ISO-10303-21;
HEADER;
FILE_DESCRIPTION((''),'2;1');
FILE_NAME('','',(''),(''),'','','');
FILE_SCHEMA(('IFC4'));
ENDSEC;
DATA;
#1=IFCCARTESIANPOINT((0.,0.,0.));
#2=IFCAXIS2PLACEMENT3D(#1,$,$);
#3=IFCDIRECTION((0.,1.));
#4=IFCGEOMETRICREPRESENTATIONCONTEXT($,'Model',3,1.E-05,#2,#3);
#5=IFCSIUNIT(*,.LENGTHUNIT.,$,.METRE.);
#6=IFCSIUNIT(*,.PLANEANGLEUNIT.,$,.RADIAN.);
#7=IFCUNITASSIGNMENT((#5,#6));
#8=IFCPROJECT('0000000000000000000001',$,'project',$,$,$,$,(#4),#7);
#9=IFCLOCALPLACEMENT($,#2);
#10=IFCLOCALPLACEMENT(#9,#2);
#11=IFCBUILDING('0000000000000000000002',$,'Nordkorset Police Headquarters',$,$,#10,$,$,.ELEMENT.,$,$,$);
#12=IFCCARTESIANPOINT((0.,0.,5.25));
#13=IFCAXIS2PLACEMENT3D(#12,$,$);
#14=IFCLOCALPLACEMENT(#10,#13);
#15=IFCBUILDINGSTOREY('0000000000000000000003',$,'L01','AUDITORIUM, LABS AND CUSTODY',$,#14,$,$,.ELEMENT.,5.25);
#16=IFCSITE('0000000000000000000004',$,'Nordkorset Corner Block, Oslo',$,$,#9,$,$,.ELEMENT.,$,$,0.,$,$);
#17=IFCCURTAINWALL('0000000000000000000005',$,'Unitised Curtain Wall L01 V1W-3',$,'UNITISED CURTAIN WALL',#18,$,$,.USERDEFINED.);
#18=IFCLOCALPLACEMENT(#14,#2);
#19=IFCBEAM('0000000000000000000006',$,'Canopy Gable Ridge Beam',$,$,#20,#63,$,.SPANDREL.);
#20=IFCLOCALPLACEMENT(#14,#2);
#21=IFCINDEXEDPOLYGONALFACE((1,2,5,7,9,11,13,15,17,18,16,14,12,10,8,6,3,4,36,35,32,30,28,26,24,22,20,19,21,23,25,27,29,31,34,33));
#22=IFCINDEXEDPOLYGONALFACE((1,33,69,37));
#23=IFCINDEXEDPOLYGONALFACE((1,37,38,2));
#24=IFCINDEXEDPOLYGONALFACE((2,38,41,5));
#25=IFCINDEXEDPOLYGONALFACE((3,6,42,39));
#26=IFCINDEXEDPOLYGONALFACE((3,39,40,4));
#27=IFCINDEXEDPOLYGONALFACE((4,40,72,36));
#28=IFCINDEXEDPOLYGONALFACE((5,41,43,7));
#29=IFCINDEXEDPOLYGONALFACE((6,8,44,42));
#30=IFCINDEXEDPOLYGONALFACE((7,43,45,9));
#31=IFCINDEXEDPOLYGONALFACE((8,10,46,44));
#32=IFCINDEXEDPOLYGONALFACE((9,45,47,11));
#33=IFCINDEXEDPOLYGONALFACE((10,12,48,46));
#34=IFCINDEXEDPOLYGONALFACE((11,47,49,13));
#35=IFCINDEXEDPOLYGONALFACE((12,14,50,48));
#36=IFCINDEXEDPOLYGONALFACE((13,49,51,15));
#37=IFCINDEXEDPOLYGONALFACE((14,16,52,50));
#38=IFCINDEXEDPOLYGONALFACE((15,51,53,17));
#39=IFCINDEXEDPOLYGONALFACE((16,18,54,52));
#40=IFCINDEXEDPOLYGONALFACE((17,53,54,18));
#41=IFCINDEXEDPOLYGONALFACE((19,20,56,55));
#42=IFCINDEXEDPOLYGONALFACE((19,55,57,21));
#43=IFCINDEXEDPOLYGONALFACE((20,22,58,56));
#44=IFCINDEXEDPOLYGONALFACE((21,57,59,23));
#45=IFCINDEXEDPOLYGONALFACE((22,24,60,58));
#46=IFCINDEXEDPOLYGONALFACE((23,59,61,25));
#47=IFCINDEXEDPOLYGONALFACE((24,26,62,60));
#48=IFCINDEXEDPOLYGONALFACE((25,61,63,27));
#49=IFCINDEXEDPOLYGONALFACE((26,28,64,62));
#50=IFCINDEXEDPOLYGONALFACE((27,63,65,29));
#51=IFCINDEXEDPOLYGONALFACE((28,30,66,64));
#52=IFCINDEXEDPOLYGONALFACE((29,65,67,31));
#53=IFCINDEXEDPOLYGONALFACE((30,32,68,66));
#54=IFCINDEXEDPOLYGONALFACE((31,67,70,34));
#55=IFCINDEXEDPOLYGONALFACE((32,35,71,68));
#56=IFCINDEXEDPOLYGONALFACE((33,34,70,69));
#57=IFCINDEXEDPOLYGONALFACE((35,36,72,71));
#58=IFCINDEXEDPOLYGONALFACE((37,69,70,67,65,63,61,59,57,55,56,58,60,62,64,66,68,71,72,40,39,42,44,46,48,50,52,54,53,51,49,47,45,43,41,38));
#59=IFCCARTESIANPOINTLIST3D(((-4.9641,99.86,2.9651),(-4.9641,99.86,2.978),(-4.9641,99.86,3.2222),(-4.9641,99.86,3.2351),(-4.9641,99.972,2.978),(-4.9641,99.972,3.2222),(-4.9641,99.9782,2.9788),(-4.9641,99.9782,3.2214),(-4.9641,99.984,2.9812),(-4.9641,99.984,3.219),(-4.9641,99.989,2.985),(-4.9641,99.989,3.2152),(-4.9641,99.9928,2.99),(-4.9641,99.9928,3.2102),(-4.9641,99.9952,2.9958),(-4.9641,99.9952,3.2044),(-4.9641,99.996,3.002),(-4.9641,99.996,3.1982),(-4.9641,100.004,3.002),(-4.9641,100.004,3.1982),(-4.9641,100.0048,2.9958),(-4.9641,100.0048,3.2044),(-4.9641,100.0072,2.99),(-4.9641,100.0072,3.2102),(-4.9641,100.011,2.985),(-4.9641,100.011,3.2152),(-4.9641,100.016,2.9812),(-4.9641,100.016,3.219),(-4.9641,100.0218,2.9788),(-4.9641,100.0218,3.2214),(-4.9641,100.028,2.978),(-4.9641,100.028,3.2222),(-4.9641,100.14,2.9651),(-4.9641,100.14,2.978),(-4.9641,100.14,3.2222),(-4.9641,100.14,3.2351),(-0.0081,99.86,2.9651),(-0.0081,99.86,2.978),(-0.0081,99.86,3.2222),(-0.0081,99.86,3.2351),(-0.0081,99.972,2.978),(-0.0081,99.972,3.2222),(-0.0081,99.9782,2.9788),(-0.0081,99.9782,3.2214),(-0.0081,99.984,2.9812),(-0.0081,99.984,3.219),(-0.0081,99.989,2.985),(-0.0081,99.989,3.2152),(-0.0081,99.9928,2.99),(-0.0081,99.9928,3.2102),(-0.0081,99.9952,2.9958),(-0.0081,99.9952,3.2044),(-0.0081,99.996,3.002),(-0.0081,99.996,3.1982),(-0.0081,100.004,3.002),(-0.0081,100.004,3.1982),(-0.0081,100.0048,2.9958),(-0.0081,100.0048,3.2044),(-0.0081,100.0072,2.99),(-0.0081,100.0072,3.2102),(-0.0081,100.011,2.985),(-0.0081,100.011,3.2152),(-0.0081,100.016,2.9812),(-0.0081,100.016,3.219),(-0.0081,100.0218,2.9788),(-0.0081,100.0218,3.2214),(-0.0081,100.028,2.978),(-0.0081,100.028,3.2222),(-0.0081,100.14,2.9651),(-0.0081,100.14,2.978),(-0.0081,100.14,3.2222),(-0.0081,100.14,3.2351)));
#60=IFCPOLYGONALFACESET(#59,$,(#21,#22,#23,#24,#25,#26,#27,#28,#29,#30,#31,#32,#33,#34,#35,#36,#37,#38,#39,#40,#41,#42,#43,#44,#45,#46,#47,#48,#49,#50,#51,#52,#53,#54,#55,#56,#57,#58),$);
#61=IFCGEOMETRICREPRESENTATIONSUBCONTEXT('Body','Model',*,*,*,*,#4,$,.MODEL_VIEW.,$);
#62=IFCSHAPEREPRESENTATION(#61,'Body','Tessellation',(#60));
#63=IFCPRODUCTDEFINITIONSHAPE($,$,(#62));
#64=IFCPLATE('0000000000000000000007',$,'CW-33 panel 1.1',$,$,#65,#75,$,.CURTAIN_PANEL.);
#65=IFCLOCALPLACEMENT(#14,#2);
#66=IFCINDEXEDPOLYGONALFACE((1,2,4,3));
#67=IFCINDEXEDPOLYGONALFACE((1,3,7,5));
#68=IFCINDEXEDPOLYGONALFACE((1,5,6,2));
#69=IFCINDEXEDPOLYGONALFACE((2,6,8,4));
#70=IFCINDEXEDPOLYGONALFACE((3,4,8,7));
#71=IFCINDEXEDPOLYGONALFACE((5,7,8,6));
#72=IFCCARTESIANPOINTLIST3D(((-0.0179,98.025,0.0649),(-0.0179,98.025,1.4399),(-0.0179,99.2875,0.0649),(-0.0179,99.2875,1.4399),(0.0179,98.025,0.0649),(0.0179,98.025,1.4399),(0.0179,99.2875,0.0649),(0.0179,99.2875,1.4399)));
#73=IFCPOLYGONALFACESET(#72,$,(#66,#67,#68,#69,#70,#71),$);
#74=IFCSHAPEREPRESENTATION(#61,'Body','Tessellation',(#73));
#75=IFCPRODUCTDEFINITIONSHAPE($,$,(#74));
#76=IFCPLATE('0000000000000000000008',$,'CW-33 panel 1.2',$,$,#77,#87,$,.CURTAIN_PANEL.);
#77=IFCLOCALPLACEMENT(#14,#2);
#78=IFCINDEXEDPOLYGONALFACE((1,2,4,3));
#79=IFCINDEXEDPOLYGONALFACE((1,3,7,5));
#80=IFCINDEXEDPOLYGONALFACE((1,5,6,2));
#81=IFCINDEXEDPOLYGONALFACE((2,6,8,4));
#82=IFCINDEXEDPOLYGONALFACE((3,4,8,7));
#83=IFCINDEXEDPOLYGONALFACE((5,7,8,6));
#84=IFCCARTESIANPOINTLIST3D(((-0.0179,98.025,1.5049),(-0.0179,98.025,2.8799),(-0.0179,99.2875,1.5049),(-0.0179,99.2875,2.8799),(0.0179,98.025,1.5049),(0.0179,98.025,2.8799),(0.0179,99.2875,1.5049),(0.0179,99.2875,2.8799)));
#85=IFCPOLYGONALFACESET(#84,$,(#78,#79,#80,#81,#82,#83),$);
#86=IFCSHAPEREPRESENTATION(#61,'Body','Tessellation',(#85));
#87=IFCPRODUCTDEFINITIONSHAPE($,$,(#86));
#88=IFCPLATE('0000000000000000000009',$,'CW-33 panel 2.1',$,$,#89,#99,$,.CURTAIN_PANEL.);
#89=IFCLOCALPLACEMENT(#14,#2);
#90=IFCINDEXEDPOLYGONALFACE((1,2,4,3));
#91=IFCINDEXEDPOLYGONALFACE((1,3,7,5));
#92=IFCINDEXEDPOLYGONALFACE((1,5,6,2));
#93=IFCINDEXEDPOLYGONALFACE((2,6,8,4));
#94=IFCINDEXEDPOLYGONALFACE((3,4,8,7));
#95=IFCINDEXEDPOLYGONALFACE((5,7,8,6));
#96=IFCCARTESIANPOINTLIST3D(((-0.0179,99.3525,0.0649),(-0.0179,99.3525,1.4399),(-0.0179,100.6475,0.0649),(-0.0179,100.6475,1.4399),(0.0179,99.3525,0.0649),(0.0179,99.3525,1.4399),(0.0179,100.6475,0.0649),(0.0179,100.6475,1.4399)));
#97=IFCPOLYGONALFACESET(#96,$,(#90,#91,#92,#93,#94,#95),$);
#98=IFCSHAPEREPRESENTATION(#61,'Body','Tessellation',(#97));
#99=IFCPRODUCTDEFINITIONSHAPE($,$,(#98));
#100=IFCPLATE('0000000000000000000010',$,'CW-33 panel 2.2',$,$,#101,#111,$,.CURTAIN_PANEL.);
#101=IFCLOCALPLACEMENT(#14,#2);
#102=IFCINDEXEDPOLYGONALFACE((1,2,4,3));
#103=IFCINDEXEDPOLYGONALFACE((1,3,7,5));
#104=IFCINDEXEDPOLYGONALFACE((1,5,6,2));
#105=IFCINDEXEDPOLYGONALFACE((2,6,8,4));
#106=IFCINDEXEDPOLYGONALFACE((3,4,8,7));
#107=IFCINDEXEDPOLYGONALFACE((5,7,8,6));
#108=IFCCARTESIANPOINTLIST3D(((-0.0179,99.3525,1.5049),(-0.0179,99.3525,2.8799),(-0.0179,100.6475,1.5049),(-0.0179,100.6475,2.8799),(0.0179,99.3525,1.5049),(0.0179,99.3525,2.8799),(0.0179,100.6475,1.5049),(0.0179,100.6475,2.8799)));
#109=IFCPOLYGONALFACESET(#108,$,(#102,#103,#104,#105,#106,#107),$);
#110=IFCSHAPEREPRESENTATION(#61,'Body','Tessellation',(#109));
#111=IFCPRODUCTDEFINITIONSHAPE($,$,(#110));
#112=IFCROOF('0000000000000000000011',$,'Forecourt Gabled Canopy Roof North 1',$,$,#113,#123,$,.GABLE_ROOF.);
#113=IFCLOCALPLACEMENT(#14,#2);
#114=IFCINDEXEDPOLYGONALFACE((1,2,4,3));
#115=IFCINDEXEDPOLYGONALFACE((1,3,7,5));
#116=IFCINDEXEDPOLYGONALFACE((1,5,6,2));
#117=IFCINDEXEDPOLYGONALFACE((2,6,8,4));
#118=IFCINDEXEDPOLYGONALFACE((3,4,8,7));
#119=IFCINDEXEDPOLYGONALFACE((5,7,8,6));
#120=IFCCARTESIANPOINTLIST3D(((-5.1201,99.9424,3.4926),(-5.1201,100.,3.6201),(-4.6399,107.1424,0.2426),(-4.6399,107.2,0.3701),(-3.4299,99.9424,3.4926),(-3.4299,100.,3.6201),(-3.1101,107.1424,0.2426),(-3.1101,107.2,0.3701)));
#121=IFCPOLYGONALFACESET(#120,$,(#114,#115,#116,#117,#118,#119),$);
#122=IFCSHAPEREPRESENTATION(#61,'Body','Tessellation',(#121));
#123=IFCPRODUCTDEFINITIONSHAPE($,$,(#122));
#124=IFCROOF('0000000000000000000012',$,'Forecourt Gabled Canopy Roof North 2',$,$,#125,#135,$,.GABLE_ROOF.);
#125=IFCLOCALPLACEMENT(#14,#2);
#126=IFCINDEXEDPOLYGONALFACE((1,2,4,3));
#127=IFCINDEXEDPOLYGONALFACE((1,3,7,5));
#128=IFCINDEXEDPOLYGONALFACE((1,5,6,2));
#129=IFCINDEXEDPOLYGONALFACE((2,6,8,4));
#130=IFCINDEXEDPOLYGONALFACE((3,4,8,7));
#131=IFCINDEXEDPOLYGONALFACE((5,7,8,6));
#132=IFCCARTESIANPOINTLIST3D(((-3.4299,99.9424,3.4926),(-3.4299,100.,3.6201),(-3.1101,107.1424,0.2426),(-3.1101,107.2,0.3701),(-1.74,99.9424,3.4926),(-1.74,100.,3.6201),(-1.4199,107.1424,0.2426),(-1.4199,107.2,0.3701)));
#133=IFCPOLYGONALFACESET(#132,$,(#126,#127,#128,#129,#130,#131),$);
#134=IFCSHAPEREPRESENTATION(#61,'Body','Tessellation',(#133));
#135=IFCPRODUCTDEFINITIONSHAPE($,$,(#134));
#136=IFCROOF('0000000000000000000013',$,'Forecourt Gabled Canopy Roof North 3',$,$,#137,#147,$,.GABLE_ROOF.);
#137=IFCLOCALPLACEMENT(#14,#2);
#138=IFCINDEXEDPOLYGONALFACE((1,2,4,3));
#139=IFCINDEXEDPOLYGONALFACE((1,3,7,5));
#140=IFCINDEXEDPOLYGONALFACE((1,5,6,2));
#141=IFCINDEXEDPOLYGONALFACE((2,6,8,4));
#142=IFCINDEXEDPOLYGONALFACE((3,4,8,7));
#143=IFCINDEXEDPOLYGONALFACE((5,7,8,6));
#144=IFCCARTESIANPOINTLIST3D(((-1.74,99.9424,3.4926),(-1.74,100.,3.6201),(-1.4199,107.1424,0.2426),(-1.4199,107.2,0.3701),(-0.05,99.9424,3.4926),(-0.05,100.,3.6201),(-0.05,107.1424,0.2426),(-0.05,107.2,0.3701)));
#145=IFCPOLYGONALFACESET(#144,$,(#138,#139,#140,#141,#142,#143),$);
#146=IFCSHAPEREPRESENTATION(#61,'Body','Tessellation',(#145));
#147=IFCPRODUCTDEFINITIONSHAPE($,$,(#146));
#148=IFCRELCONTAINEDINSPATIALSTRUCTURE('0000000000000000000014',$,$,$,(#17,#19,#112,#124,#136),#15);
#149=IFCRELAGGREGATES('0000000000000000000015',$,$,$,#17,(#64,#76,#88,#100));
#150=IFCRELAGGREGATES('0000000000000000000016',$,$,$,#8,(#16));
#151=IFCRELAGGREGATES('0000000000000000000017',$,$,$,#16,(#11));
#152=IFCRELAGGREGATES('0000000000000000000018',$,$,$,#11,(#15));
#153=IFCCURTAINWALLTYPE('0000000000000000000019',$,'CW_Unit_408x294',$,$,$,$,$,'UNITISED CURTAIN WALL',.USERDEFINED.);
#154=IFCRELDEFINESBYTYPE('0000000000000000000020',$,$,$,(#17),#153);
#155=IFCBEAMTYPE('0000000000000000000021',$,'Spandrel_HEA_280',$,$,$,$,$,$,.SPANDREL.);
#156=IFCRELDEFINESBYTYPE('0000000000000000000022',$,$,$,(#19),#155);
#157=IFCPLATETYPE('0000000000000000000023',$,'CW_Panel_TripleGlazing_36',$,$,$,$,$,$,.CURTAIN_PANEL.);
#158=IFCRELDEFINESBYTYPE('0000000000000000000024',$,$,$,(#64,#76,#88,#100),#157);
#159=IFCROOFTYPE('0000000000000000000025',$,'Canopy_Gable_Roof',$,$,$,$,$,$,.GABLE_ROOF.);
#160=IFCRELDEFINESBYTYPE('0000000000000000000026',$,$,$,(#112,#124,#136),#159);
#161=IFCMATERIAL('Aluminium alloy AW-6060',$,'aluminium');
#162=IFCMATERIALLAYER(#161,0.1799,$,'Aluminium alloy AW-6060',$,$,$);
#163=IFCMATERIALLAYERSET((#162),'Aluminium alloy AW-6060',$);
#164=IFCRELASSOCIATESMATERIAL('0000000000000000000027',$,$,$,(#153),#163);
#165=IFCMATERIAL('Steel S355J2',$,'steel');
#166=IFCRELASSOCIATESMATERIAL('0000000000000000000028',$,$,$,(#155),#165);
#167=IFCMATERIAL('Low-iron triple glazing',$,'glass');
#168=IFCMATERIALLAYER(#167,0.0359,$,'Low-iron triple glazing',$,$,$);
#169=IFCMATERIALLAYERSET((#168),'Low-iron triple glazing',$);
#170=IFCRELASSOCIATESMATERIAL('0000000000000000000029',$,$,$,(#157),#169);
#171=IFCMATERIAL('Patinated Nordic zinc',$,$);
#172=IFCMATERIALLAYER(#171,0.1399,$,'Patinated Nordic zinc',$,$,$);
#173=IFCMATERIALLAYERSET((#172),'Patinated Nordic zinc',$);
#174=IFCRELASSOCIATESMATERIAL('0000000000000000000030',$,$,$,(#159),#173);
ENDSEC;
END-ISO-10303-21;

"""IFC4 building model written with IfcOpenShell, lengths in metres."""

from ifc_helpers import new_model, si_unit, direction, frame, origin, origin_2d, place, context, subcontext, project, spatial, polyline, rectangle, i_section, outline, extrude, material, layer, layer_set, material_profile, profile_set, type_object, element, aggregate, save


model = new_model("IFC4")

# Units and contexts
model_context = context("Model", 3, precision=1e-05, world=origin(), true_north=direction((0.0, 1.0)))
body_context = subcontext(model_context, "Body", "Model", "MODEL_VIEW")
ifc_project = project(units=[si_unit("LENGTHUNIT", "METRE"), si_unit("PLANEANGLEUNIT", "RADIAN")], contexts=[model_context])

# Site, building, storey
site_placement = place(None, origin())
site = spatial("IfcSite", under=ifc_project, at=site_placement, Name="Nordkorset Corner Block, Oslo", CompositionType="ELEMENT", RefElevation=0.0)
building_placement = place(site_placement, origin())
building = spatial("IfcBuilding", under=site, at=building_placement, Name="Nordkorset Police Headquarters", CompositionType="ELEMENT")
storey_placement = place(building_placement, frame((0.0, 0.0, 5.25)))
storey = spatial("IfcBuildingStorey", under=building, at=storey_placement, Name="L01", Description="AUDITORIUM, LABS AND CUSTODY", CompositionType="ELEMENT", Elevation=5.25)

# Curtain wall
ifc_material_1 = material(Name="Aluminium alloy AW-6060", Category="aluminium")
ifc_layer_1 = layer(ifc_material_1, 0.1799, Name="Aluminium alloy AW-6060")
ifc_layer_set_1 = layer_set([ifc_layer_1], Name="Aluminium alloy AW-6060")
curtain_wall_type = type_object("IfcCurtainWallType", Name="CW_Unit_408x294", ElementType="UNITISED CURTAIN WALL", PredefinedType="USERDEFINED", material=ifc_layer_set_1)
curtain_wall_placement = place(storey_placement, origin())
curtain_wall = element("IfcCurtainWall", 1, at=curtain_wall_placement, inside=storey, type_object=curtain_wall_type, Name="Unitised Curtain Wall L01 V1W-3", ObjectType="UNITISED CURTAIN WALL", PredefinedType="USERDEFINED")

# Beam
ifc_material_2 = material(Name="Steel S355J2", Category="steel")
ifc_material_profile_1 = material_profile(ifc_material_2, i_section(OverallWidth=0.28, OverallDepth=0.27, WebThickness=0.0081, FlangeThickness=0.0129, FilletRadius=0.0239, at=origin_2d()), Name="HEA 280")
ifc_profile_set_1 = profile_set([ifc_material_profile_1], Name="Steel S355J2")
beam_type_1 = type_object("IfcBeamType", Name="Spandrel_HEA_280", PredefinedType="SPANDREL", material=ifc_profile_set_1)
beam_1_placement = place(storey_placement, frame((-4.9641, 100.0, 3.1001), z_axis=(1.0, 0.0, 0.0), x_axis=(0.0, 1.0, 0.0)))
element("IfcBeam", 2, at=beam_1_placement, inside=storey, type_object=beam_type_1, Name="Canopy Gable Ridge Beam", PredefinedType="SPANDREL", context=body_context, shape_type="SweptSolid", body=[
    extrude(i_section(OverallWidth=0.28, OverallDepth=0.27, WebThickness=0.0081, FlangeThickness=0.0129, FilletRadius=0.0239, at=origin_2d()), origin(), (0.0, 0.0, 1.0), 4.9561),
])

# Plates
ifc_material_3 = material(Name="Low-iron triple glazing", Category="glass")
ifc_layer_2 = layer(ifc_material_3, 0.0359, Name="Low-iron triple glazing")
ifc_layer_set_2 = layer_set([ifc_layer_2], Name="Low-iron triple glazing")
plate_type = type_object("IfcPlateType", Name="CW_Panel_TripleGlazing_36", PredefinedType="CURTAIN_PANEL", material=ifc_layer_set_2)
plate_1_placement = place(storey_placement, frame((0.0, 98.6562, 0.0649), z_axis=(0.0, 0.0, 1.0), x_axis=(0.0, 1.0, 0.0)))
plate_1 = element("IfcPlate", 3, at=plate_1_placement, type_object=plate_type, Name="CW-33 panel 1.1", PredefinedType="CURTAIN_PANEL", context=body_context, shape_type="SweptSolid", body=[
    extrude(rectangle(XDim=1.2625, YDim=0.0359, at=origin_2d()), origin(), (0.0, 0.0, 1.0), 1.375),
])
plate_2_placement = place(storey_placement, frame((0.0, 98.6562, 1.5049), z_axis=(0.0, 0.0, 1.0), x_axis=(0.0, 1.0, 0.0)))
plate_2 = element("IfcPlate", 4, at=plate_2_placement, type_object=plate_type, Name="CW-33 panel 1.2", PredefinedType="CURTAIN_PANEL", context=body_context, shape_type="SweptSolid", body=[
    extrude(rectangle(XDim=1.2625, YDim=0.0359, at=origin_2d()), origin(), (0.0, 0.0, 1.0), 1.375),
])
plate_3_placement = place(storey_placement, frame((0.0, 100.0, 0.0649), z_axis=(0.0, 0.0, 1.0), x_axis=(0.0, 1.0, 0.0)))
plate_3 = element("IfcPlate", 5, at=plate_3_placement, type_object=plate_type, Name="CW-33 panel 2.1", PredefinedType="CURTAIN_PANEL", context=body_context, shape_type="SweptSolid", body=[
    extrude(rectangle(XDim=1.2949, YDim=0.0359, at=origin_2d()), origin(), (0.0, 0.0, 1.0), 1.375),
])
plate_4_placement = place(storey_placement, frame((0.0, 100.0, 1.5049), z_axis=(0.0, 0.0, 1.0), x_axis=(0.0, 1.0, 0.0)))
plate_4 = element("IfcPlate", 6, at=plate_4_placement, type_object=plate_type, Name="CW-33 panel 2.2", PredefinedType="CURTAIN_PANEL", context=body_context, shape_type="SweptSolid", body=[
    extrude(rectangle(XDim=1.2949, YDim=0.0359, at=origin_2d()), origin(), (0.0, 0.0, 1.0), 1.375),
])
aggregate(curtain_wall, [plate_1, plate_2, plate_3, plate_4])

# Roofs
ifc_material_4 = material(Name="Patinated Nordic zinc")
ifc_layer_3 = layer(ifc_material_4, 0.1399, Name="Patinated Nordic zinc")
ifc_layer_set_3 = layer_set([ifc_layer_3], Name="Patinated Nordic zinc")
roof_type = type_object("IfcRoofType", Name="Canopy_Gable_Roof", PredefinedType="GABLE_ROOF", material=ifc_layer_set_3)
roof_1_placement = place(storey_placement, frame((-5.1201, 100.0, 3.6201), z_axis=(0.0, 0.411419, 0.911446), x_axis=(1.0, 0.0, 0.0)))
element("IfcRoof", 7, at=roof_1_placement, inside=storey, type_object=roof_type, Name="Forecourt Gabled Canopy Roof North 1", PredefinedType="GABLE_ROOF", context=body_context, shape_type="SweptSolid", body=[
    extrude(outline(polyline([(0.0, 0.0), (1.6902, 0.0), (2.01, 7.8995), (0.4802, 7.8995), (0.0, 0.0)])), origin(), (0.0, 0.0, -1.0), 0.1399),
])
roof_2_placement = place(storey_placement, frame((-3.4299, 100.0, 3.6201), z_axis=(0.0, 0.411419, 0.911446), x_axis=(1.0, 0.0, 0.0)))
element("IfcRoof", 8, at=roof_2_placement, inside=storey, type_object=roof_type, Name="Forecourt Gabled Canopy Roof North 2", PredefinedType="GABLE_ROOF", context=body_context, shape_type="SweptSolid", body=[
    extrude(outline(polyline([(0.0, 0.0), (1.6899, 0.0), (2.01, 7.8995), (0.3198, 7.8995), (0.0, 0.0)])), origin(), (0.0, 0.0, -1.0), 0.1399),
])
roof_3_placement = place(storey_placement, frame((-1.74, 100.0, 3.6201), z_axis=(0.0, 0.411419, 0.911446), x_axis=(1.0, 0.0, 0.0)))
element("IfcRoof", 9, at=roof_3_placement, inside=storey, type_object=roof_type, Name="Forecourt Gabled Canopy Roof North 3", PredefinedType="GABLE_ROOF", context=body_context, shape_type="SweptSolid", body=[
    extrude(outline(polyline([(0.0, 0.0), (1.6899, 0.0), (1.6899, 7.8995), (0.3201, 7.8995), (0.0, 0.0)])), origin(), (0.0, 0.0, -1.0), 0.1399),
])

save(model, "model.ifc")
